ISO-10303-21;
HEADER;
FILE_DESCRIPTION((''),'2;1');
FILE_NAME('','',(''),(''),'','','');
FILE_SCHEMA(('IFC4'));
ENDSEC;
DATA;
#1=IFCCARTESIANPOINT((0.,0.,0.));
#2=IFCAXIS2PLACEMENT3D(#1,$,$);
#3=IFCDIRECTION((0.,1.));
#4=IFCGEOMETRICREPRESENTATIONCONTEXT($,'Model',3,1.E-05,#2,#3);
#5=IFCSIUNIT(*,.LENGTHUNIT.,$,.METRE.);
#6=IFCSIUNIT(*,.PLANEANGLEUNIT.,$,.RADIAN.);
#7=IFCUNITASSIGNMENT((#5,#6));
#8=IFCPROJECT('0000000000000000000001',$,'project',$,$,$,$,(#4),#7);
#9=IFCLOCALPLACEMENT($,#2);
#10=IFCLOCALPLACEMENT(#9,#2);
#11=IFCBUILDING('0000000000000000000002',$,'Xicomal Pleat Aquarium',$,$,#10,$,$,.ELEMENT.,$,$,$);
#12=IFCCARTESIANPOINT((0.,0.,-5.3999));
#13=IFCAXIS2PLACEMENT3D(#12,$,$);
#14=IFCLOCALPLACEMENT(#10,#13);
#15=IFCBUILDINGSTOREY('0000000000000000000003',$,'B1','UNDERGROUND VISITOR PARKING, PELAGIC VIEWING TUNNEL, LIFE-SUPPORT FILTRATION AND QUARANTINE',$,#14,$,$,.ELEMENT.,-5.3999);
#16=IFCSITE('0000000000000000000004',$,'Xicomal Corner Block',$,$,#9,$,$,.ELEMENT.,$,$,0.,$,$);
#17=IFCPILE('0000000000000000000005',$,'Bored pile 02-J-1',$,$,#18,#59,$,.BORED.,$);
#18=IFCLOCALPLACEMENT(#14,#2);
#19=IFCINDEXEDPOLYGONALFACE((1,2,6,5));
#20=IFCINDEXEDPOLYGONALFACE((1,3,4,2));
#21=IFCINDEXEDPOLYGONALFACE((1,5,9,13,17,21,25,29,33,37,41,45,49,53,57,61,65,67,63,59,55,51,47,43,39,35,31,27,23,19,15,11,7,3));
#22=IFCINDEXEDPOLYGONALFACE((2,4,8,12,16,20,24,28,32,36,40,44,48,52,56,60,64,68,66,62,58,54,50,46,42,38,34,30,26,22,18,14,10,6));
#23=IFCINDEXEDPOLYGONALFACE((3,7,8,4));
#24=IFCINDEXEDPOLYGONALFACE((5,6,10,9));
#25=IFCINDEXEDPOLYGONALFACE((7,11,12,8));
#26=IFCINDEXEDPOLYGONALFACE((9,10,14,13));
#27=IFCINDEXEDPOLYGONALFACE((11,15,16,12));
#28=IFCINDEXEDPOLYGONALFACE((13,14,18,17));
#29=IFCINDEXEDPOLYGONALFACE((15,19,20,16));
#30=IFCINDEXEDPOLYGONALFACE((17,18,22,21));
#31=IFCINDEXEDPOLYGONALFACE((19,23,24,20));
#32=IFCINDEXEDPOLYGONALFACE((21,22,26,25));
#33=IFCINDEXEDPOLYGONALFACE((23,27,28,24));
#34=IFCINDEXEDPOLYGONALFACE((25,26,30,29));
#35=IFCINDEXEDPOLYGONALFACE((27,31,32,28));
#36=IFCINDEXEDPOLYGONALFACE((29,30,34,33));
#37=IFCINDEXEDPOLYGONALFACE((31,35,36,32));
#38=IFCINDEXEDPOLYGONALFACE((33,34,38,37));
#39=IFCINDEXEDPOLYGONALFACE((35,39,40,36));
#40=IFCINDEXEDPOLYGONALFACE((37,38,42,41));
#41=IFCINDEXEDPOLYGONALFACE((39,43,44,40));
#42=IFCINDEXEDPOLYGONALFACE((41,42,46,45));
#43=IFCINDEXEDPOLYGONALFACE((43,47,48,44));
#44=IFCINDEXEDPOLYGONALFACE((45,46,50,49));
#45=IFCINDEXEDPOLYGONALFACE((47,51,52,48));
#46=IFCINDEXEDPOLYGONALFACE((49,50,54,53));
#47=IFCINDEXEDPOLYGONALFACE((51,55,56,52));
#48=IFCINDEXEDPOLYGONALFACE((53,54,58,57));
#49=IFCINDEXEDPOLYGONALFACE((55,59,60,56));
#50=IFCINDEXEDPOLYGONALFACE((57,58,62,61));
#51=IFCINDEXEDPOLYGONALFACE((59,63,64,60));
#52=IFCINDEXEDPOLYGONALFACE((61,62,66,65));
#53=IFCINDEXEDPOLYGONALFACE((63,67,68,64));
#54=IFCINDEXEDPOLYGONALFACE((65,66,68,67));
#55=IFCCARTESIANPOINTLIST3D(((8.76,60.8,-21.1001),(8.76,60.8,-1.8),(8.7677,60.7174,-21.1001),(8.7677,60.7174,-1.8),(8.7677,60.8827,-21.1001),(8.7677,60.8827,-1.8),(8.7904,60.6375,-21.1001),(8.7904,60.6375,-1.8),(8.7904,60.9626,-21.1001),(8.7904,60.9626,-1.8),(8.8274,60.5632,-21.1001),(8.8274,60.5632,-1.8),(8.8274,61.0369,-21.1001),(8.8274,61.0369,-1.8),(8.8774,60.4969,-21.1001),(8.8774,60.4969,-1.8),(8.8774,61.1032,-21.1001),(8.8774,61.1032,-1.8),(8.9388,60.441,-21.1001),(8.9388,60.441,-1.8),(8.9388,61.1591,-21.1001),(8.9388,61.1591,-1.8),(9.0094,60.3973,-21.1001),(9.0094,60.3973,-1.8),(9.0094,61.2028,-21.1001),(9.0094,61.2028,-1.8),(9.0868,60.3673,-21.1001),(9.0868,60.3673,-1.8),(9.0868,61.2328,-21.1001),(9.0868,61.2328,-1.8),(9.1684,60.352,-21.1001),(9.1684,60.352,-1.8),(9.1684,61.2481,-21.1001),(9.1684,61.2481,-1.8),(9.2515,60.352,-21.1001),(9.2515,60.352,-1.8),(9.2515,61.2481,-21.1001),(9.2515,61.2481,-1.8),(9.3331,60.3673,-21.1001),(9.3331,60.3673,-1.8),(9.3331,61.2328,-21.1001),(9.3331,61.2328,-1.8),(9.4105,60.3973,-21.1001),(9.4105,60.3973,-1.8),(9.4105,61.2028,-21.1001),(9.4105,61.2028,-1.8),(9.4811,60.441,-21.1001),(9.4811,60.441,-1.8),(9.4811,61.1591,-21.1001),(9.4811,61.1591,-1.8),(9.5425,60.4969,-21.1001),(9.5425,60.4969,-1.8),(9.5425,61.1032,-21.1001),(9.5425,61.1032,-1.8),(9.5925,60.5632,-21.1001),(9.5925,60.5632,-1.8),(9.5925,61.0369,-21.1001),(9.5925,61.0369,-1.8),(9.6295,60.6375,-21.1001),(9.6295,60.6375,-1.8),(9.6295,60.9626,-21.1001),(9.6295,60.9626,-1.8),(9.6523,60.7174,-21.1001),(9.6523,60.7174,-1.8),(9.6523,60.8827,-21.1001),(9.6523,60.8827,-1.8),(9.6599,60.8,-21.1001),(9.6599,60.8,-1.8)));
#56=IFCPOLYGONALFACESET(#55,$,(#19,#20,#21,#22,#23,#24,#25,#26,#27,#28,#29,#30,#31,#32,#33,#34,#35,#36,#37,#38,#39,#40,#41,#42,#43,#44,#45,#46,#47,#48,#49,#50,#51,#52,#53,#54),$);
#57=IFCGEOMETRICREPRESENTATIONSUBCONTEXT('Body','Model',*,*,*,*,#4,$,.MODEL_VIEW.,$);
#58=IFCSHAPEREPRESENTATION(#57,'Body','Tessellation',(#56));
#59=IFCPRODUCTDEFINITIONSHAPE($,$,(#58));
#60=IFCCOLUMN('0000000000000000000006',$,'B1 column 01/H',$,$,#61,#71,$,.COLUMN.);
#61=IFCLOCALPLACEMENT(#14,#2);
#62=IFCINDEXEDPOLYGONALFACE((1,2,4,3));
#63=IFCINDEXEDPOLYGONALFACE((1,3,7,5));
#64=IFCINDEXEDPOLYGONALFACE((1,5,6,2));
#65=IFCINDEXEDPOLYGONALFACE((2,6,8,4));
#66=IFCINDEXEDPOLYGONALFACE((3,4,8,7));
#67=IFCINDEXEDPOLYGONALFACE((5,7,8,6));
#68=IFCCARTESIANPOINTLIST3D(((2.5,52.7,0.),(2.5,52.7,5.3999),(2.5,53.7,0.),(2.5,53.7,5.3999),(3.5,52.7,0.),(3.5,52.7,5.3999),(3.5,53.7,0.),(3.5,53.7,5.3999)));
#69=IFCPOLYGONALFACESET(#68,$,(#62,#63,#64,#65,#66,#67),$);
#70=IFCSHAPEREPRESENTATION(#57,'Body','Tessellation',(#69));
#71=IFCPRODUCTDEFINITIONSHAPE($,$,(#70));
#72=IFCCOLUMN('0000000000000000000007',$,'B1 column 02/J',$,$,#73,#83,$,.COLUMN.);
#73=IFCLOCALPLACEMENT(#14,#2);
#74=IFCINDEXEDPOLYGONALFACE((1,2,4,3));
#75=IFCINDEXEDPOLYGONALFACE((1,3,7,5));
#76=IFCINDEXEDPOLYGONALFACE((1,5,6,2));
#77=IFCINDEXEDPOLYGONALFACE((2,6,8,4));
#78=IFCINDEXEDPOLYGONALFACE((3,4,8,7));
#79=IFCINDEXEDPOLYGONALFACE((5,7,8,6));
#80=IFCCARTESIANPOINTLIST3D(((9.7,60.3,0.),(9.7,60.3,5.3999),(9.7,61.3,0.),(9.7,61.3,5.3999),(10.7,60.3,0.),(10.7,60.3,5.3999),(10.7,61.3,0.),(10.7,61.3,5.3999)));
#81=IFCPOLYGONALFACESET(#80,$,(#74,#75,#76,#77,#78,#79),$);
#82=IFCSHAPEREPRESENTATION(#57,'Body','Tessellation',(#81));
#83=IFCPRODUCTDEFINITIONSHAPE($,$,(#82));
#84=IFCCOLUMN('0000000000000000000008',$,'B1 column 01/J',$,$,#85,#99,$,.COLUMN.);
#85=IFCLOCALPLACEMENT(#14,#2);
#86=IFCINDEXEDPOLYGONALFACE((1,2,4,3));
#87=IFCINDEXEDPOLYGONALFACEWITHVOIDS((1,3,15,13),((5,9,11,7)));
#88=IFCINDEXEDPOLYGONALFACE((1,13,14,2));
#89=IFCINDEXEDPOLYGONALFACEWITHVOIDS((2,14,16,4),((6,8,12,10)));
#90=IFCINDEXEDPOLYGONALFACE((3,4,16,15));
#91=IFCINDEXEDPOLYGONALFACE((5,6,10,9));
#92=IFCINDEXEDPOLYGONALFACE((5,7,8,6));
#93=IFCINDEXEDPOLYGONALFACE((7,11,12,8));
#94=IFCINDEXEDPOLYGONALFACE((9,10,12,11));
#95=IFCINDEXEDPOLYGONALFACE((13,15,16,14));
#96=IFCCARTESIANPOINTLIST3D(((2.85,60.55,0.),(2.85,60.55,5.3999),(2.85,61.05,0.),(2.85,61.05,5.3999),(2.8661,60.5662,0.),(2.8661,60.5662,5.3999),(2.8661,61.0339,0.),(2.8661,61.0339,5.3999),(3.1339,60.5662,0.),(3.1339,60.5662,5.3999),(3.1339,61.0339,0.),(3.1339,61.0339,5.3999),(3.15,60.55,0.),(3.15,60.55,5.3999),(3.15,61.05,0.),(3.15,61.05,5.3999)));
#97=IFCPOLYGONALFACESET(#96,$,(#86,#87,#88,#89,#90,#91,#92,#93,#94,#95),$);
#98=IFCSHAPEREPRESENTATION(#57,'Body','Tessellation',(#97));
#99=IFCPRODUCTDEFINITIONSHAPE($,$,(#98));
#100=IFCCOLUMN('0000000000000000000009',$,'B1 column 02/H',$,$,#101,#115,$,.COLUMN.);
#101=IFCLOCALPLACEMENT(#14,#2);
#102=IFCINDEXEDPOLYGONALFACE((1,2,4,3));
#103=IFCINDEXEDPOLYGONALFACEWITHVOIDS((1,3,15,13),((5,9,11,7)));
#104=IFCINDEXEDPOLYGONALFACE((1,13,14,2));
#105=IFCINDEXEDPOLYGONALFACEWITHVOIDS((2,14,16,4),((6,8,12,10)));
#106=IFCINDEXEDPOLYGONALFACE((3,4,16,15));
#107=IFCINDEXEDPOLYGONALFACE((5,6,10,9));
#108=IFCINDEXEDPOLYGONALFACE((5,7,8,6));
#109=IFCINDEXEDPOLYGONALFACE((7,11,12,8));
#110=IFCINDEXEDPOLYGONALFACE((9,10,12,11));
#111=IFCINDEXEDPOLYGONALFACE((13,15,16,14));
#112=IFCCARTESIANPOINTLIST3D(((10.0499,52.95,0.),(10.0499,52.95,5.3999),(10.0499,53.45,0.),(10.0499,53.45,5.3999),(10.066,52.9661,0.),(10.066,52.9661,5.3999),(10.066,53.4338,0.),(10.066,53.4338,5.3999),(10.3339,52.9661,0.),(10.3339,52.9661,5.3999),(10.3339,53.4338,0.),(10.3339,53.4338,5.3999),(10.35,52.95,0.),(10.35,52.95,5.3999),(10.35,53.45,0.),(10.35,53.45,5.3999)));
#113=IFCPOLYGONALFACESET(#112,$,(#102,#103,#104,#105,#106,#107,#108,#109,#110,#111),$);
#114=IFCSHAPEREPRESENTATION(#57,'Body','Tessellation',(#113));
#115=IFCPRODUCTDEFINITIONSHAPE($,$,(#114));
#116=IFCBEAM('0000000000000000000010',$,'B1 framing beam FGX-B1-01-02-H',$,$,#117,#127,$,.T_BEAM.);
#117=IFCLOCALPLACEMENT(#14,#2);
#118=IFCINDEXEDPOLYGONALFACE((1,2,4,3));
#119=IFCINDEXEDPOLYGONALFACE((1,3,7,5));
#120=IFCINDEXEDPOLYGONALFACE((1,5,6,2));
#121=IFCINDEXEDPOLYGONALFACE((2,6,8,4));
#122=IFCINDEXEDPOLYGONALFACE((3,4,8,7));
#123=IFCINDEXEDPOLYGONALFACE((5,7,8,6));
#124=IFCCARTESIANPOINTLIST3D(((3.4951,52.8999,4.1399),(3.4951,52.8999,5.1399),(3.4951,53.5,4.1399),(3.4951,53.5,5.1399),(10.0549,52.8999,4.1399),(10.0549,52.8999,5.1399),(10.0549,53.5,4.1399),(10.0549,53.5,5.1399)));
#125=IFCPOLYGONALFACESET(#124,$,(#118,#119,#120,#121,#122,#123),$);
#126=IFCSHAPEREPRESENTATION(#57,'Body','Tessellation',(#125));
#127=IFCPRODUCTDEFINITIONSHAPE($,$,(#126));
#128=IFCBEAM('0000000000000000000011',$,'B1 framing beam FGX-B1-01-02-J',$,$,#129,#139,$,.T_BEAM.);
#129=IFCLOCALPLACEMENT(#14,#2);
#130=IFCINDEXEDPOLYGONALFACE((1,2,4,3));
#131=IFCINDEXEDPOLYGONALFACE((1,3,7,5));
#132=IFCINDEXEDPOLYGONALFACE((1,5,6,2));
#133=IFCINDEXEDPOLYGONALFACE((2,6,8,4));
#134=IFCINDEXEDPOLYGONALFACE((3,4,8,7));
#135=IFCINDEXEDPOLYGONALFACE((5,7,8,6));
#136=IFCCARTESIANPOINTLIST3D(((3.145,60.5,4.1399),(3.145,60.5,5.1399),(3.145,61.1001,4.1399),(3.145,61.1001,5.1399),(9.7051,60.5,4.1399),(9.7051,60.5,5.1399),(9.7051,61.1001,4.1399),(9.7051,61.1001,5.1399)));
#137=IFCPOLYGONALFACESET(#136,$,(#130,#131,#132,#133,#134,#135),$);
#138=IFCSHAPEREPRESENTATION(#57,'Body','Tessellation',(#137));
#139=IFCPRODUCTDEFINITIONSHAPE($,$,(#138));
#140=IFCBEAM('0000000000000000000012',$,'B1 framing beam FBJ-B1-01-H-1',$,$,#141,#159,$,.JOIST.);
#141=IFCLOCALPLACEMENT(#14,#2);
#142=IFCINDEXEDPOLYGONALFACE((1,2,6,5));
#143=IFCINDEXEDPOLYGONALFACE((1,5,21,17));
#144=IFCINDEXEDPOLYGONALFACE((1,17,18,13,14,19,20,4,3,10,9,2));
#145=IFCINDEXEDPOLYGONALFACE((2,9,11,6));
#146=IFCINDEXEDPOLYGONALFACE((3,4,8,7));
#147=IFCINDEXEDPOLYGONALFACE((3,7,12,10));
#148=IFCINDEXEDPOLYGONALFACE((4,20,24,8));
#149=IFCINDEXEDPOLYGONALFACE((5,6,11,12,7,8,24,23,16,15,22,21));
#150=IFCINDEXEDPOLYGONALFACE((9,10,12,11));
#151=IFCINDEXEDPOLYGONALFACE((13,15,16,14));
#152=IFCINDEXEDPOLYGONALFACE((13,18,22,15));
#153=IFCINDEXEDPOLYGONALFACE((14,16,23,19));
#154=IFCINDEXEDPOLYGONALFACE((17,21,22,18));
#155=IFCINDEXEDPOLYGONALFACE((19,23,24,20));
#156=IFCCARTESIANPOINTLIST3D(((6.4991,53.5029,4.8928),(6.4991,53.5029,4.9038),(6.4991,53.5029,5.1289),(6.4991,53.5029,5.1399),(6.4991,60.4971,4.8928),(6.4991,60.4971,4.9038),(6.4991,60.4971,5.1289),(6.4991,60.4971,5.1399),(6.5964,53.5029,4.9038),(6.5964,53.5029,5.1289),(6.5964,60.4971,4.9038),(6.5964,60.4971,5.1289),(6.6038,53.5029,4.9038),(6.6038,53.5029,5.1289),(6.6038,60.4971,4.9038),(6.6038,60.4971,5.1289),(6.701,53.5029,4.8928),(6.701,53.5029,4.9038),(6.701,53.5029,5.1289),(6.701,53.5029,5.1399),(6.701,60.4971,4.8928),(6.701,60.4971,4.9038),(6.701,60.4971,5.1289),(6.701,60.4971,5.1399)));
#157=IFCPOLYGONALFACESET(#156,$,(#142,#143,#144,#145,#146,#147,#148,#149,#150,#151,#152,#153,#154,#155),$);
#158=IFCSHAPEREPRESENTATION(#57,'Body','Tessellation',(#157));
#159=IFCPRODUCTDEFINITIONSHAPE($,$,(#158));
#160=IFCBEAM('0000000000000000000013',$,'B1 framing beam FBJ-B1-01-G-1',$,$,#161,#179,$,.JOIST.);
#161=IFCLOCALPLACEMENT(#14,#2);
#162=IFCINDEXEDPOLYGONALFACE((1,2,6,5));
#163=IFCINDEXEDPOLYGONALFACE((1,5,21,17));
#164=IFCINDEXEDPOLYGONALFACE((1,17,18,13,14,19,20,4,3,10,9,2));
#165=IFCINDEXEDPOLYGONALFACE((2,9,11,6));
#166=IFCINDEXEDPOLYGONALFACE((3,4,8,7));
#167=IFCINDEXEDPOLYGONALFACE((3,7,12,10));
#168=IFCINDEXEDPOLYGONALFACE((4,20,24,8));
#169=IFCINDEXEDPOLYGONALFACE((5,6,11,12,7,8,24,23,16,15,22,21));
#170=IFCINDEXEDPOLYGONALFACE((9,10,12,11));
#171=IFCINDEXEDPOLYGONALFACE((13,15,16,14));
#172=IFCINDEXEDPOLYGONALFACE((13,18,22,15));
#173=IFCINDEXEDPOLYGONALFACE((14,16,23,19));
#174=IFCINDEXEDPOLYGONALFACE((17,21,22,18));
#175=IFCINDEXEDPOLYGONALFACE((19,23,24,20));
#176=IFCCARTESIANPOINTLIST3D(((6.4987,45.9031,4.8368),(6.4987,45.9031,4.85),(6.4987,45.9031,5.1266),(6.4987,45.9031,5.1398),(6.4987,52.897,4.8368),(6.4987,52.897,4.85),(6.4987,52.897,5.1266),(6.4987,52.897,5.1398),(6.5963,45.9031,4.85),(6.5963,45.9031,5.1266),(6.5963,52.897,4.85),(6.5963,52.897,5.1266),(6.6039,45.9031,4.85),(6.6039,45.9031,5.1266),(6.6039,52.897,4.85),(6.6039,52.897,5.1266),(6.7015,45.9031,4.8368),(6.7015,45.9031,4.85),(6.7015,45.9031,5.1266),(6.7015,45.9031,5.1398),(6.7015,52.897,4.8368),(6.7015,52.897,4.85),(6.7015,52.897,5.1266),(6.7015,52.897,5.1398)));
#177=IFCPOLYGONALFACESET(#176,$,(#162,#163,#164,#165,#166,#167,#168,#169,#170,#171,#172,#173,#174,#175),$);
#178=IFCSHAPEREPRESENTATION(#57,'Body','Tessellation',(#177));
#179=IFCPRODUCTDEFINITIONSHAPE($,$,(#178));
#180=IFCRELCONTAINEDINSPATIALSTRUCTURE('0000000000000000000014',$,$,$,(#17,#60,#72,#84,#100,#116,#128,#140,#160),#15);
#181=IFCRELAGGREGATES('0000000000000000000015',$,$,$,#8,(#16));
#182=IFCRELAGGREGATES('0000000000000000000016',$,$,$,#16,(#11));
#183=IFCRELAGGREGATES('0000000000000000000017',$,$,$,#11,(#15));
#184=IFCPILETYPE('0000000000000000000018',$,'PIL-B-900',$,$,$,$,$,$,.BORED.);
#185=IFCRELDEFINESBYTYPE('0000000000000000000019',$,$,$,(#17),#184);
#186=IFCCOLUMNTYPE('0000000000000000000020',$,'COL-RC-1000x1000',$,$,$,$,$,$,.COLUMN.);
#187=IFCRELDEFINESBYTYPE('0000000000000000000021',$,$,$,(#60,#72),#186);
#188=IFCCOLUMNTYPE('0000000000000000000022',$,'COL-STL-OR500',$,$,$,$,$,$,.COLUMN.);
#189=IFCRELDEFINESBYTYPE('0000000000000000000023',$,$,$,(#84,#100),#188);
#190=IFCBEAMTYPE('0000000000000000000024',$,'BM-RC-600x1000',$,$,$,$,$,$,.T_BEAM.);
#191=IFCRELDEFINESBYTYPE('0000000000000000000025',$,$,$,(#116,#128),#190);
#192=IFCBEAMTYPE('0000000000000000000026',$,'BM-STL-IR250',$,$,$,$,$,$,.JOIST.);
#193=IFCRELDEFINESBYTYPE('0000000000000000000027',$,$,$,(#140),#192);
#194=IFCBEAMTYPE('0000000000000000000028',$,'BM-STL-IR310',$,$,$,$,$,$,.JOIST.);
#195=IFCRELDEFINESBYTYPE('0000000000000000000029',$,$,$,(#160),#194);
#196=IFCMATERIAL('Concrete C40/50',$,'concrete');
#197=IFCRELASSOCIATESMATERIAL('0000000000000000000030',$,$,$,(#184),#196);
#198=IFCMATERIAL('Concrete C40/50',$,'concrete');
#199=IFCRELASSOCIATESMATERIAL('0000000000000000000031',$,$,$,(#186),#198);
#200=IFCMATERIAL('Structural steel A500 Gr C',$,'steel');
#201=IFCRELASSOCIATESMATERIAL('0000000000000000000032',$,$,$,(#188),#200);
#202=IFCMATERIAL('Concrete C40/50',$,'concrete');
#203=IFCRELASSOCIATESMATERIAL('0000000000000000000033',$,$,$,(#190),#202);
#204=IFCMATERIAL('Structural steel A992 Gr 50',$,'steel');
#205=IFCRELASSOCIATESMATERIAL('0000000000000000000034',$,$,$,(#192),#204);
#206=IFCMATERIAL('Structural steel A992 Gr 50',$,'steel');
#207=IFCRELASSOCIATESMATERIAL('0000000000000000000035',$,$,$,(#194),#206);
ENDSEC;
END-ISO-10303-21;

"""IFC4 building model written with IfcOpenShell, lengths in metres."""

from ifc_helpers import new_model, si_unit, direction, frame, origin, origin_2d, place, context, subcontext, project, spatial, rectangle, hollow_rectangle, circle, i_section, extrude, material, material_profile, profile_set, type_object, element, save


model = new_model("IFC4")

# Units and contexts
model_context = context("Model", 3, precision=1e-05, world=origin(), true_north=direction((0.0, 1.0)))
body_context = subcontext(model_context, "Body", "Model", "MODEL_VIEW")
ifc_project = project(units=[si_unit("LENGTHUNIT", "METRE"), si_unit("PLANEANGLEUNIT", "RADIAN")], contexts=[model_context])

# Site, building, storey
site_placement = place(None, origin())
site = spatial("IfcSite", under=ifc_project, at=site_placement, Name="Xicomal Corner Block", CompositionType="ELEMENT", RefElevation=0.0)
building_placement = place(site_placement, origin())
building = spatial("IfcBuilding", under=site, at=building_placement, Name="Xicomal Pleat Aquarium", CompositionType="ELEMENT")
storey_placement = place(building_placement, frame((0.0, 0.0, -5.3999)))
storey = spatial("IfcBuildingStorey", under=building, at=storey_placement, Name="B1", Description="UNDERGROUND VISITOR PARKING, PELAGIC VIEWING TUNNEL, LIFE-SUPPORT FILTRATION AND QUARANTINE", CompositionType="ELEMENT", Elevation=-5.3999)

# Pile
ifc_material_1 = material(Name="Concrete C40/50", Category="concrete")
ifc_material_profile_1 = material_profile(ifc_material_1, circle(Radius=0.45, at=origin_2d()), Name="BORED PILE D900")
ifc_profile_set_1 = profile_set([ifc_material_profile_1], Name="Concrete C40/50")
pile_type_1 = type_object("IfcPileType", Name="PIL-B-900", PredefinedType="BORED", material=ifc_profile_set_1)
pile_placement = place(storey_placement, frame((9.21, 60.8, -1.8), z_axis=(0.0, 0.0, -1.0), x_axis=(1.0, 0.0, 0.0)))
element("IfcPile", 1, at=pile_placement, inside=storey, type_object=pile_type_1, Name="Bored pile 02-J-1", PredefinedType="BORED", context=body_context, shape_type="SweptSolid", body=[
    extrude(circle(Radius=0.45, at=origin_2d()), origin(), (0.0, 0.0, 1.0), 19.3),
])

# Columns
ifc_material_2 = material(Name="Concrete C40/50", Category="concrete")
ifc_material_profile_2 = material_profile(ifc_material_2, rectangle(XDim=1.0, YDim=1.0, at=origin_2d()), Name="RC 1000x1000")
ifc_profile_set_2 = profile_set([ifc_material_profile_2], Name="Concrete C40/50")
column_type_1 = type_object("IfcColumnType", Name="COL-RC-1000x1000", PredefinedType="COLUMN", material=ifc_profile_set_2)
for number, where, z_axis, x_axis, name in (
    (2, (3.0, 53.2, 0.0), (0.0, 0.0, 1.0), (1.0, 0.0, 0.0), "B1 column 01/H"),
    (3, (10.2, 60.8, 0.0), (0.0, 0.0, 1.0), (1.0, 0.0, 0.0), "B1 column 02/J"),
):
    element("IfcColumn", number, at=place(storey_placement, frame(where, z_axis=z_axis, x_axis=x_axis)), inside=storey, type_object=column_type_1, Name=name, PredefinedType="COLUMN", context=body_context, shape_type="SweptSolid", body=[
        extrude(rectangle(XDim=1.0, YDim=1.0, at=origin_2d()), origin(), (0.0, 0.0, 1.0), 5.3999),
    ])
ifc_material_3 = material(Name="Structural steel A500 Gr C", Category="steel")
ifc_material_profile_3 = material_profile(ifc_material_3, hollow_rectangle(XDim=0.3, YDim=0.5, WallThickness=0.0161, at=origin_2d()), Name="OR 500x300x16")
ifc_profile_set_3 = profile_set([ifc_material_profile_3], Name="Structural steel A500 Gr C")
column_type_2 = type_object("IfcColumnType", Name="COL-STL-OR500", PredefinedType="COLUMN", material=ifc_profile_set_3)
for number, where, z_axis, x_axis, name in (
    (4, (3.0, 60.8, 0.0), (0.0, 0.0, 1.0), (1.0, 0.0, 0.0), "B1 column 01/J"),
    (5, (10.2, 53.2, 0.0), (0.0, 0.0, 1.0), (1.0, 0.0, 0.0), "B1 column 02/H"),
):
    element("IfcColumn", number, at=place(storey_placement, frame(where, z_axis=z_axis, x_axis=x_axis)), inside=storey, type_object=column_type_2, Name=name, PredefinedType="COLUMN", context=body_context, shape_type="SweptSolid", body=[
        extrude(hollow_rectangle(XDim=0.3, YDim=0.5, WallThickness=0.0161, at=origin_2d()), origin(), (0.0, 0.0, 1.0), 5.3999),
    ])

# Beams
ifc_material_4 = material(Name="Concrete C40/50", Category="concrete")
ifc_material_profile_4 = material_profile(ifc_material_4, rectangle(XDim=0.6001, YDim=1.0, at=origin_2d()), Name="RC 600x1000")
ifc_profile_set_4 = profile_set([ifc_material_profile_4], Name="Concrete C40/50")
beam_type_1 = type_object("IfcBeamType", Name="BM-RC-600x1000", PredefinedType="T_BEAM", material=ifc_profile_set_4)
beam_1_placement = place(storey_placement, frame((3.4951, 53.2, 4.6399), z_axis=(1.0, 0.0, 0.0), x_axis=(0.0, 1.0, 0.0)))
element("IfcBeam", 6, at=beam_1_placement, inside=storey, type_object=beam_type_1, Name="B1 framing beam FGX-B1-01-02-H", PredefinedType="T_BEAM", context=body_context, shape_type="SweptSolid", body=[
    extrude(rectangle(XDim=0.6001, YDim=1.0, at=origin_2d()), origin(), (0.0, 0.0, 1.0), 6.5598),
])
beam_2_placement = place(storey_placement, frame((3.145, 60.8, 4.6399), z_axis=(1.0, 0.0, 0.0), x_axis=(0.0, 1.0, 0.0)))
element("IfcBeam", 7, at=beam_2_placement, inside=storey, type_object=beam_type_1, Name="B1 framing beam FGX-B1-01-02-J", PredefinedType="T_BEAM", context=body_context, shape_type="SweptSolid", body=[
    extrude(rectangle(XDim=0.6001, YDim=1.0, at=origin_2d()), origin(), (0.0, 0.0, 1.0), 6.5601),
])
ifc_material_5 = material(Name="Structural steel A992 Gr 50", Category="steel")
ifc_material_profile_5 = material_profile(ifc_material_5, i_section(OverallWidth=0.2019, OverallDepth=0.2471, WebThickness=0.0073, FlangeThickness=0.011, at=origin_2d()), Name="IR 250x49")
ifc_profile_set_5 = profile_set([ifc_material_profile_5], Name="Structural steel A992 Gr 50")
beam_type_2 = type_object("IfcBeamType", Name="BM-STL-IR250", PredefinedType="JOIST", material=ifc_profile_set_5)
beam_3_placement = place(storey_placement, frame((6.6001, 53.5029, 5.0164), z_axis=(0.0, 1.0, 0.0), x_axis=(-1.0, 0.0, 0.0)))
element("IfcBeam", 8, at=beam_3_placement, inside=storey, type_object=beam_type_2, Name="B1 framing beam FBJ-B1-01-H-1", PredefinedType="JOIST", context=body_context, shape_type="SweptSolid", body=[
    extrude(i_section(OverallWidth=0.2019, OverallDepth=0.2471, WebThickness=0.0073, FlangeThickness=0.011, at=origin_2d()), origin(), (0.0, 0.0, 1.0), 6.9941),
])
ifc_material_6 = material(Name="Structural steel A992 Gr 50", Category="steel")
ifc_material_profile_6 = material_profile(ifc_material_6, i_section(OverallWidth=0.2029, OverallDepth=0.303, WebThickness=0.0076, FlangeThickness=0.0132, at=origin_2d()), Name="IR 310x60")
ifc_profile_set_6 = profile_set([ifc_material_profile_6], Name="Structural steel A992 Gr 50")
beam_type_3 = type_object("IfcBeamType", Name="BM-STL-IR310", PredefinedType="JOIST", material=ifc_profile_set_6)
beam_4_placement = place(storey_placement, frame((6.6001, 45.9031, 4.9883), z_axis=(0.0, 1.0, 0.0), x_axis=(-1.0, 0.0, 0.0)))
element("IfcBeam", 9, at=beam_4_placement, inside=storey, type_object=beam_type_3, Name="B1 framing beam FBJ-B1-01-G-1", PredefinedType="JOIST", context=body_context, shape_type="SweptSolid", body=[
    extrude(i_section(OverallWidth=0.2029, OverallDepth=0.303, WebThickness=0.0076, FlangeThickness=0.0132, at=origin_2d()), origin(), (0.0, 0.0, 1.0), 6.9939),
])

save(model, "model.ifc")
